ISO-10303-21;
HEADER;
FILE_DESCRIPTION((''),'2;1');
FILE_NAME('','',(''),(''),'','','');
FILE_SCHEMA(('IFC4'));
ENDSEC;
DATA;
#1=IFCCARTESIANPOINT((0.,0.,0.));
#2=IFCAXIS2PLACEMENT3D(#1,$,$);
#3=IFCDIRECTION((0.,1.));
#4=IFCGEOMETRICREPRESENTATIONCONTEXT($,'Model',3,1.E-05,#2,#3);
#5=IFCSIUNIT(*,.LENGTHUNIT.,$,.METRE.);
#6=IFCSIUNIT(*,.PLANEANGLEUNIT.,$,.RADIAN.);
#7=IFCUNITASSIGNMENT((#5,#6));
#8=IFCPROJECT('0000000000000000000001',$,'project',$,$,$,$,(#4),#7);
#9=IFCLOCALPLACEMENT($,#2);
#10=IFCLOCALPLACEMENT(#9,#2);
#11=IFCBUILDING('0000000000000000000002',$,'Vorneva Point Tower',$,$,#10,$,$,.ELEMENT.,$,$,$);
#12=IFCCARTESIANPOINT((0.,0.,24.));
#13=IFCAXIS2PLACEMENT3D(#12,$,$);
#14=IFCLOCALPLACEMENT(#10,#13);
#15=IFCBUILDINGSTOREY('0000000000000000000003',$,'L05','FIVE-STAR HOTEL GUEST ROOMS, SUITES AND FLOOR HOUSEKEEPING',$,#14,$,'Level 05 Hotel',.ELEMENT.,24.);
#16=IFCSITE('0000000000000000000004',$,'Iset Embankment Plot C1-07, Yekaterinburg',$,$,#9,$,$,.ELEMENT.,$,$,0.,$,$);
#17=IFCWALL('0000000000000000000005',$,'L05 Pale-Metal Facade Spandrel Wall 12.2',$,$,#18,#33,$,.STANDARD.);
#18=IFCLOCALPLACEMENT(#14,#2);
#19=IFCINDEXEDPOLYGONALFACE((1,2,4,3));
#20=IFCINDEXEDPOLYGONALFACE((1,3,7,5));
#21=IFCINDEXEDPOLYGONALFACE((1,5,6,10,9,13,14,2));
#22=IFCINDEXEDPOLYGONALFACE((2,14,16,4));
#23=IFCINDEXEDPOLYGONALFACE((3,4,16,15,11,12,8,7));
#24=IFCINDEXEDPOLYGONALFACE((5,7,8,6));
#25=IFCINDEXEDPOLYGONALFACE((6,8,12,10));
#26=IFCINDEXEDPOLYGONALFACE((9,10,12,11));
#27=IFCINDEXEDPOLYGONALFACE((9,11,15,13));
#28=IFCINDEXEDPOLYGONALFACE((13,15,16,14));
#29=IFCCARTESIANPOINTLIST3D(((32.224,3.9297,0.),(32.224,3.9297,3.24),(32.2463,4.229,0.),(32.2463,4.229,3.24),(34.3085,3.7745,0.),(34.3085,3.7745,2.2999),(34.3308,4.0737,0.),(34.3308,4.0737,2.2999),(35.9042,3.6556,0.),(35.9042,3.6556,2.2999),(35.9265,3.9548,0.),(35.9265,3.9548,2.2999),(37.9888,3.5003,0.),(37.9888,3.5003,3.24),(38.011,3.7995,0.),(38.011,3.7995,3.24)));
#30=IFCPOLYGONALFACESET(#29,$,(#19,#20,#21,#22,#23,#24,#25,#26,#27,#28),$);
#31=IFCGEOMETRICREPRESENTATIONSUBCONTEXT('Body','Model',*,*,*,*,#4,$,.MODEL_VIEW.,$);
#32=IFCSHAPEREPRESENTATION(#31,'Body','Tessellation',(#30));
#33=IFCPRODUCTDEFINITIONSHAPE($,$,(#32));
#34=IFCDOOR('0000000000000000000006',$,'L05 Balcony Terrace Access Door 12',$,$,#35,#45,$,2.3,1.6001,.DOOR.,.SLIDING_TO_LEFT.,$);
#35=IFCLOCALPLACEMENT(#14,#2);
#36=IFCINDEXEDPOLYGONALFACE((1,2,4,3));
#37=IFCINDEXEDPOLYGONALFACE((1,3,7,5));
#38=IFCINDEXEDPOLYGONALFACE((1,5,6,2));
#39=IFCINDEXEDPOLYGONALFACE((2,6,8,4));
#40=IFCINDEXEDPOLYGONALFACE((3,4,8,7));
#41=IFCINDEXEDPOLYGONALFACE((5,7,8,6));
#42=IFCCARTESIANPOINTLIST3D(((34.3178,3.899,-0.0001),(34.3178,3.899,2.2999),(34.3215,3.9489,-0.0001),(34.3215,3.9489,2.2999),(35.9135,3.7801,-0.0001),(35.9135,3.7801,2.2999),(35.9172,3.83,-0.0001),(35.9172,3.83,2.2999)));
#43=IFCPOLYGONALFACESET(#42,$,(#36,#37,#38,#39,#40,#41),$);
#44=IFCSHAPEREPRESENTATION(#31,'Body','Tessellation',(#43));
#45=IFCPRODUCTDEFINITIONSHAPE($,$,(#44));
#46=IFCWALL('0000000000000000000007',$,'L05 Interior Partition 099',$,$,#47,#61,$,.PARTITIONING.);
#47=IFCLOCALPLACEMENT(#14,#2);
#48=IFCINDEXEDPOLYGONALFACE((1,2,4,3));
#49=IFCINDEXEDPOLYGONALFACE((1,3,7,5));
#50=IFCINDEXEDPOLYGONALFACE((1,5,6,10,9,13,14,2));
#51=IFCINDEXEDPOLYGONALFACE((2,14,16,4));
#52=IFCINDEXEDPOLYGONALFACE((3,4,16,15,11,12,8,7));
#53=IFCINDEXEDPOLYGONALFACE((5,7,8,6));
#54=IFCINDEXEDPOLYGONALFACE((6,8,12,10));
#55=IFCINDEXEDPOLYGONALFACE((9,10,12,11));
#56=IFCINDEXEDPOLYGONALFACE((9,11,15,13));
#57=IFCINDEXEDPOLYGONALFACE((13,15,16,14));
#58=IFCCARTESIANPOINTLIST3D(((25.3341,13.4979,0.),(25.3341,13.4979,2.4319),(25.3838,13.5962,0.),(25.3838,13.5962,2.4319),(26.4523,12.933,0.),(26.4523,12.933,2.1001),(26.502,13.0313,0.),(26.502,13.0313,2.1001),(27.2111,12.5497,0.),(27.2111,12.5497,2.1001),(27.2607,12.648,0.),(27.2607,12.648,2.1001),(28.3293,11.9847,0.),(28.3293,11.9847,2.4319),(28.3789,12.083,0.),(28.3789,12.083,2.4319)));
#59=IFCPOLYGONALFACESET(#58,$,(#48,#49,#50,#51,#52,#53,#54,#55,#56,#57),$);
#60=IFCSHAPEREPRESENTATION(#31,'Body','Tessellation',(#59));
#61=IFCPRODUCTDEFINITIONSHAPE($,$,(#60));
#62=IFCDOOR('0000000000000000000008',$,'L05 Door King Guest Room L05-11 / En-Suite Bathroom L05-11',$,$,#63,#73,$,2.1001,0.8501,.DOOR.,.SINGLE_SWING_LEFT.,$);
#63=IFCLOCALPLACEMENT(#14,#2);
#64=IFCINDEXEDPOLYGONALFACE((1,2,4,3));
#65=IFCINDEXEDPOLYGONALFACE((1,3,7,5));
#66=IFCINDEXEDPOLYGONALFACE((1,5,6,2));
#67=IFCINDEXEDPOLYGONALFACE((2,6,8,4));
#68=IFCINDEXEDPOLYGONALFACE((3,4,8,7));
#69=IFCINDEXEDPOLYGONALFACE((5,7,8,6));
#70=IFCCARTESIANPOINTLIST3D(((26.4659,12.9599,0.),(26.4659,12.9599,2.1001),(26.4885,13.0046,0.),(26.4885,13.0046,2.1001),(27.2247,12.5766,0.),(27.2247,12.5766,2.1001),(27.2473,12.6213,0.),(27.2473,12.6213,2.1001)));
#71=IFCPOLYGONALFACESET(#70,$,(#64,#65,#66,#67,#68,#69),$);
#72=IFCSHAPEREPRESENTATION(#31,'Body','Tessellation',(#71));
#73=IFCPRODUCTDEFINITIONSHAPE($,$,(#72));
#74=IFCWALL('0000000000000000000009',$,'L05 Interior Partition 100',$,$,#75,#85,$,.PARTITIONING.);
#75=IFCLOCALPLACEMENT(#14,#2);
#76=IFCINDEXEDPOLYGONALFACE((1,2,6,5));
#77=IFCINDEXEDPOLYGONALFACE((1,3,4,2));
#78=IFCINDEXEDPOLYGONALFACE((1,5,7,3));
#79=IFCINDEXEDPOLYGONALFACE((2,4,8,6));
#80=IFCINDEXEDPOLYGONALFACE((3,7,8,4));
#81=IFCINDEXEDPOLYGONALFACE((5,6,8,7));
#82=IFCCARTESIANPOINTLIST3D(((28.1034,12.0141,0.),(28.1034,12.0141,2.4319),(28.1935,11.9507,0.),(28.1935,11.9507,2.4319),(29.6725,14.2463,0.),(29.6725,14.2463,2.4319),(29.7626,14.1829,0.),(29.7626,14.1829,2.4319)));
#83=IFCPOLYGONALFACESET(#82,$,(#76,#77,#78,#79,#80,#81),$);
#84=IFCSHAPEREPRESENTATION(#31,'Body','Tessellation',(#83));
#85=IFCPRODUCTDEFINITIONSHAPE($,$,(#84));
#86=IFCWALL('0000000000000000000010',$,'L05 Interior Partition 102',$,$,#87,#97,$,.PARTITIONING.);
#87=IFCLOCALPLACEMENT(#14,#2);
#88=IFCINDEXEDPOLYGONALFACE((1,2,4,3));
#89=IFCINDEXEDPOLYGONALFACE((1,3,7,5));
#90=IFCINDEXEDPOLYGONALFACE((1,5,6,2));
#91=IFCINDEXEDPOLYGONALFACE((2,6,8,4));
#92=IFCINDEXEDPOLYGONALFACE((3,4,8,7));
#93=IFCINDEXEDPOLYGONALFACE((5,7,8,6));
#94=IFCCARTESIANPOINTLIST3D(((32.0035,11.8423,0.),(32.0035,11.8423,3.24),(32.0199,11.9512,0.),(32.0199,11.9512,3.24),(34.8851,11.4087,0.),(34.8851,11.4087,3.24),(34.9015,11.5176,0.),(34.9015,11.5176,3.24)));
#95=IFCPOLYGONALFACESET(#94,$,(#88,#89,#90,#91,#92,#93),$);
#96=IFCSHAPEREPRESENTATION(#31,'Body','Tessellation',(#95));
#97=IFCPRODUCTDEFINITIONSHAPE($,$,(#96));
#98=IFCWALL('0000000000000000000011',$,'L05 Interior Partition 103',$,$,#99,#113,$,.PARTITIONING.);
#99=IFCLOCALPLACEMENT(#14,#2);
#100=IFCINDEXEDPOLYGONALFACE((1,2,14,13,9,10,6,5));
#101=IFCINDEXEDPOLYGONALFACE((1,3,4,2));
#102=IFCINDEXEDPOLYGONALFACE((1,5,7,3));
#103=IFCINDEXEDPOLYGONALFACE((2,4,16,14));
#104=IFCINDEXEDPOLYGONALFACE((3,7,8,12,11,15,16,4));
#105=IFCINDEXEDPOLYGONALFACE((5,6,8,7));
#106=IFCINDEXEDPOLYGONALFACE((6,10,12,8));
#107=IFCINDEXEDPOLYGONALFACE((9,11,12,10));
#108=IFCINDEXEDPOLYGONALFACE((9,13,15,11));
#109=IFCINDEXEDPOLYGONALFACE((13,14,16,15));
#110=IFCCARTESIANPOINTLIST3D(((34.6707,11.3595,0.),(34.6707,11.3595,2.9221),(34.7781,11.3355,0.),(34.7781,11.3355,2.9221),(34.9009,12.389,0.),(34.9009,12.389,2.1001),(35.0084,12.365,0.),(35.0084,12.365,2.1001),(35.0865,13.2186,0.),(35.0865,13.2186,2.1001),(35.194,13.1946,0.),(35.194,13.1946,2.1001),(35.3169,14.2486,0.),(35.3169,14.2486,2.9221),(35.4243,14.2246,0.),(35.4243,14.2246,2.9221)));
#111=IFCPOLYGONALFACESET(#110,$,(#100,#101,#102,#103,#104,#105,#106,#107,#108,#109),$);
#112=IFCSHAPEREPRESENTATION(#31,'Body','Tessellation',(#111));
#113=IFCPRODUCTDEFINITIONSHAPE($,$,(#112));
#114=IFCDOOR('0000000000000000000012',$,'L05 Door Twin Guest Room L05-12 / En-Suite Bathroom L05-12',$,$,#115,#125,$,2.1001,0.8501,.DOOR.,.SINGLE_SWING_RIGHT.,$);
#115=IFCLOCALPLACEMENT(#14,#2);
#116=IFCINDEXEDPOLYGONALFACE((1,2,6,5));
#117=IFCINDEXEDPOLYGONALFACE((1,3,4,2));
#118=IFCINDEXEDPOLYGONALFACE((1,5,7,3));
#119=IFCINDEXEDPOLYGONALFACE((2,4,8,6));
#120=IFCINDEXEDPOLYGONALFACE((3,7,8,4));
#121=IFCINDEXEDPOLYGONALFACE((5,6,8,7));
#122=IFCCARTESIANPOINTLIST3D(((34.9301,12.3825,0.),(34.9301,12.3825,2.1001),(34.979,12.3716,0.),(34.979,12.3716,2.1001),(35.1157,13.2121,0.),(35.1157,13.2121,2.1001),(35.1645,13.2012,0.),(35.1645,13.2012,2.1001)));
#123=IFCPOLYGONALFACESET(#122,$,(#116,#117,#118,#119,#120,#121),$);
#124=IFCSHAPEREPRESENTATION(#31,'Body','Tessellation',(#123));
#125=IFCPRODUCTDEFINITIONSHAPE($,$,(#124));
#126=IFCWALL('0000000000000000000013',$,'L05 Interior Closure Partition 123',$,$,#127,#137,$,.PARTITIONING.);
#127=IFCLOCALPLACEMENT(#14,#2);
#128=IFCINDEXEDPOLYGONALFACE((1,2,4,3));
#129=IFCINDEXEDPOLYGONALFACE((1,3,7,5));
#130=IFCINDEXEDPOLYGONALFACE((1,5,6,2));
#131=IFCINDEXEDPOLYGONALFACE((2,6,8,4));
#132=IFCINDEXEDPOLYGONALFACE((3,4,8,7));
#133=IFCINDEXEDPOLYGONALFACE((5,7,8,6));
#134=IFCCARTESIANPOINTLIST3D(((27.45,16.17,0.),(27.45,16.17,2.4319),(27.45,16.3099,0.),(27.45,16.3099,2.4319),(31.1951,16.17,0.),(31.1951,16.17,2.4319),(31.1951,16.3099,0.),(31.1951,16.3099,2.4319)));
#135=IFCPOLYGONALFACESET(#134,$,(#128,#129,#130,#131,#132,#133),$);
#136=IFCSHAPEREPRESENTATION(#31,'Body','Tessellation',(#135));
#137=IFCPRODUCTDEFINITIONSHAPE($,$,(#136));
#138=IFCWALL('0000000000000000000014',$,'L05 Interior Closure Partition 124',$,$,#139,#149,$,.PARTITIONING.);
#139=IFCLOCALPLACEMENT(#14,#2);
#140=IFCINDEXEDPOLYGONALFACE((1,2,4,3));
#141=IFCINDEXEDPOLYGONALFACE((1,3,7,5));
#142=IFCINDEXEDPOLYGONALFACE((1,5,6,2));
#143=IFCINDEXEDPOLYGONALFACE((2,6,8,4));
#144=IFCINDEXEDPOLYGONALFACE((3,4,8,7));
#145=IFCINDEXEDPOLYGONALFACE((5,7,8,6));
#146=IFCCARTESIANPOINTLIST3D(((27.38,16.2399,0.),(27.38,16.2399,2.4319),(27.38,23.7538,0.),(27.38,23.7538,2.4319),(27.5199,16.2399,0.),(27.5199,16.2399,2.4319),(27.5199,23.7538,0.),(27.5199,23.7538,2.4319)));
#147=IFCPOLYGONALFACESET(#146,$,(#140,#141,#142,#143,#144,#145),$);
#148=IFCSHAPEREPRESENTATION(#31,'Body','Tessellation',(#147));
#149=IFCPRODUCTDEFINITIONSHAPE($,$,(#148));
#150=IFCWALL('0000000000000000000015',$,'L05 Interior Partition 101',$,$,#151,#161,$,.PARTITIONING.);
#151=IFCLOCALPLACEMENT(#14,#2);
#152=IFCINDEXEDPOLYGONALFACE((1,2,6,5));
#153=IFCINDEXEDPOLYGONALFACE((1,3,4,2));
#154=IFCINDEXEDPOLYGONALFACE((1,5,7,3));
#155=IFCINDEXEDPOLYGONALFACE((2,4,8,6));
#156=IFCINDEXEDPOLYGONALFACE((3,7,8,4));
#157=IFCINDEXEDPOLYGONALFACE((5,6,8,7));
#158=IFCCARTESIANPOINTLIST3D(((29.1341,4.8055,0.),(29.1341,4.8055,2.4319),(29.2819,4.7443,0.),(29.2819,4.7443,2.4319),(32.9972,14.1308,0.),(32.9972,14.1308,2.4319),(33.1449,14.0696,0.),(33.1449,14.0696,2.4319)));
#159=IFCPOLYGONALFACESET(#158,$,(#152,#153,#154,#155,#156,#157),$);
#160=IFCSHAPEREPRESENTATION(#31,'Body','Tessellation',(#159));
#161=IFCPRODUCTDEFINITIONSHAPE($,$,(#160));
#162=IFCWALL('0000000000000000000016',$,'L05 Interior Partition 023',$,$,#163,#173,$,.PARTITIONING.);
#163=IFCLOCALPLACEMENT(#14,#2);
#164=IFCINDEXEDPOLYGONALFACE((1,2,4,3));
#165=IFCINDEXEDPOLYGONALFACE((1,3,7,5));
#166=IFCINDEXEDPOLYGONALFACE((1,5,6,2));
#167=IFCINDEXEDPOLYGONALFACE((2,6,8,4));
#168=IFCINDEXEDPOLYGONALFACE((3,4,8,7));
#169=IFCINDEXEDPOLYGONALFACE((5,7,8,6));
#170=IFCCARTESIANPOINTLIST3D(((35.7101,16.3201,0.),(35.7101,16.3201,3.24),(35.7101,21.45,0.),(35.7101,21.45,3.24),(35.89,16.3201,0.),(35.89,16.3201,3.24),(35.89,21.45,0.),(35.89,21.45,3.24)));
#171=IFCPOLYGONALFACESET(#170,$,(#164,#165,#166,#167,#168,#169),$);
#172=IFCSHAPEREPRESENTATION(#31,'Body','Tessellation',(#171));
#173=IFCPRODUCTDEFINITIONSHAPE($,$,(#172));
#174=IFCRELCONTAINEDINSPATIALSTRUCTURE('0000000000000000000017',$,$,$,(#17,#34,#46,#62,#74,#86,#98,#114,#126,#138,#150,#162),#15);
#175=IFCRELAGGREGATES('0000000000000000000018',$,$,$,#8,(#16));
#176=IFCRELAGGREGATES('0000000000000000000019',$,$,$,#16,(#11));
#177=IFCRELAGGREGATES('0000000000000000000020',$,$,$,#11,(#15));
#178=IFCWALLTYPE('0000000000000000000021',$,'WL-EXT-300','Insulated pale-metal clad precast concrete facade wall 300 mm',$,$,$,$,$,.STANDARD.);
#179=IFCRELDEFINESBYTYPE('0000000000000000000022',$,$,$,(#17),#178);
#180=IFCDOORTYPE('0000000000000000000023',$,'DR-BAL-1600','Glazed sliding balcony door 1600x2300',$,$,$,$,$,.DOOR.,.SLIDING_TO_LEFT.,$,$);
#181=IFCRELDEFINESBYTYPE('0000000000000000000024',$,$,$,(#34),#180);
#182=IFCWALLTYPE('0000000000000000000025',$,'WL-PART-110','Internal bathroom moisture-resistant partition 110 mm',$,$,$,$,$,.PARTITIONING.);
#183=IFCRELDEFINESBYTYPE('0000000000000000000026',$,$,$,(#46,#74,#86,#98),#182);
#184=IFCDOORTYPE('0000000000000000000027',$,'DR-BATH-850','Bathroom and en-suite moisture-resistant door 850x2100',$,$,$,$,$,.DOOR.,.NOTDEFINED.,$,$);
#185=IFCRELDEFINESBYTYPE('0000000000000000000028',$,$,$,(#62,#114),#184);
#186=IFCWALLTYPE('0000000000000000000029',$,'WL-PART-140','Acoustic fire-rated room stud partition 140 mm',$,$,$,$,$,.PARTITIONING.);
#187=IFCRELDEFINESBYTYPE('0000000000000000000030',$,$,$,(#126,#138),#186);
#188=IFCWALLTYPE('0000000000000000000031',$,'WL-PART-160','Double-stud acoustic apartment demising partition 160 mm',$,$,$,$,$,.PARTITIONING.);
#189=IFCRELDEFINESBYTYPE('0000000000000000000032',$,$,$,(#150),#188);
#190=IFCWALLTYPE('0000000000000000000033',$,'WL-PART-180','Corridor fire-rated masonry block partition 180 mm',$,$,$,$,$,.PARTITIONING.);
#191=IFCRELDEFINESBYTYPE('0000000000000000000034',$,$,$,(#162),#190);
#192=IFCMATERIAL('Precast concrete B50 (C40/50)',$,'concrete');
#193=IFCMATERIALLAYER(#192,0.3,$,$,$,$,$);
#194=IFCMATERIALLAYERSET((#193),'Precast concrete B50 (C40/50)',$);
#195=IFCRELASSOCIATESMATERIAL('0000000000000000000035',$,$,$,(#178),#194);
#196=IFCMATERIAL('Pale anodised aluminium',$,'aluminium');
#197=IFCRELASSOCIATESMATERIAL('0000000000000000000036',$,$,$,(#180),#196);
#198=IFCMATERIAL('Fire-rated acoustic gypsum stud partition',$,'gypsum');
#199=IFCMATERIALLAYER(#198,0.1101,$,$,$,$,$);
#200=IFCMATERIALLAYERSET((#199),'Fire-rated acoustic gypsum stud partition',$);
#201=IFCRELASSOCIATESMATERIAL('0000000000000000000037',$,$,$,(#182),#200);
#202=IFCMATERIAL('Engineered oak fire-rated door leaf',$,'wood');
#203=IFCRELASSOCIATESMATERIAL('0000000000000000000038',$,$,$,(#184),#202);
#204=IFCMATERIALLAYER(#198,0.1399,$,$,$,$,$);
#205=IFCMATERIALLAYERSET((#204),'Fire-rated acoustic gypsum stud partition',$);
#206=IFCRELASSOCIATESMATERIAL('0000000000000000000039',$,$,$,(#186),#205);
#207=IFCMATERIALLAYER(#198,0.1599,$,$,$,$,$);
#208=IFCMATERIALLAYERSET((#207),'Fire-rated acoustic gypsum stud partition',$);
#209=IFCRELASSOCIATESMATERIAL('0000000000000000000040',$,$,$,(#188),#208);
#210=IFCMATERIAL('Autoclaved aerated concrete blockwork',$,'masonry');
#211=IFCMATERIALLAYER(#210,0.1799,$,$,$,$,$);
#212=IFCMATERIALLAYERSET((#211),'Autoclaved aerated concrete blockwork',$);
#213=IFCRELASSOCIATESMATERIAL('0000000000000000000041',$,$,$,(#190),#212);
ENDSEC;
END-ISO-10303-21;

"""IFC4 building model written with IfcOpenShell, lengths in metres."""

from ifc_helpers import new_model, si_unit, direction, frame, frame_2d, origin, place, context, subcontext, project, spatial, rectangle, extrude, material, layer, layer_set, type_object, element, fill, save


model = new_model("IFC4")

# Units and contexts
model_context = context("Model", 3, precision=1e-05, world=origin(), true_north=direction((0.0, 1.0)))
body_context = subcontext(model_context, "Body", "Model", "MODEL_VIEW")
ifc_project = project(units=[si_unit("LENGTHUNIT", "METRE"), si_unit("PLANEANGLEUNIT", "RADIAN")], contexts=[model_context])

# Site, building, storey
site_placement = place(None, origin())
site = spatial("IfcSite", under=ifc_project, at=site_placement, Name="Iset Embankment Plot C1-07, Yekaterinburg", CompositionType="ELEMENT", RefElevation=0.0)
building_placement = place(site_placement, origin())
building = spatial("IfcBuilding", under=site, at=building_placement, Name="Vorneva Point Tower", CompositionType="ELEMENT")
storey_placement = place(building_placement, frame((0.0, 0.0, 24.0)))
storey = spatial("IfcBuildingStorey", under=building, at=storey_placement, Name="L05", Description="FIVE-STAR HOTEL GUEST ROOMS, SUITES AND FLOOR HOUSEKEEPING", LongName="Level 05 Hotel", CompositionType="ELEMENT", Elevation=24.0)

# Walls, openings, doors
ifc_material_1 = material(Name="Precast concrete B50 (C40/50)", Category="concrete")
ifc_layer_1 = layer(ifc_material_1, 0.3)
ifc_layer_set_1 = layer_set([ifc_layer_1], Name="Precast concrete B50 (C40/50)")
wall_type_1 = type_object("IfcWallType", Name="WL-EXT-300", Description="Insulated pale-metal clad precast concrete facade wall 300 mm", PredefinedType="STANDARD", material=ifc_layer_set_1)
wall_1_placement = place(storey_placement, frame((32.2351, 4.0793, 0.0), z_axis=(0.0, 0.0, 1.0), x_axis=(0.997237, -0.074287, 0.0)))
wall_1 = element("IfcWall", 1, at=wall_1_placement, inside=storey, type_object=wall_type_1, Name="L05 Pale-Metal Facade Spandrel Wall 12.2", PredefinedType="STANDARD", context=body_context, shape_type="SweptSolid", body=[
    extrude(rectangle(XDim=5.7808, YDim=0.3, at=frame_2d((2.8904, 0.0))), origin(), (0.0, 0.0, 1.0), 3.24),
])
opening_1_placement = place(wall_1_placement, frame((2.0903, 0.0, 0.0)))
opening_1 = element("IfcOpeningElement", 2, at=opening_1_placement, cuts=wall_1, PredefinedType="OPENING", context=body_context, shape_type="SweptSolid", body=[
    extrude(rectangle(XDim=1.6001, YDim=2.3, at=frame_2d((0.8, 1.1499))), frame((0.0, 0.165, 0.0), z_axis=(0.0, -1.0, 0.0), x_axis=(1.0, 0.0, 0.0)), (0.0, 0.0, 1.0), 0.3298),
])
ifc_material_2 = material(Name="Pale anodised aluminium", Category="aluminium")
door_type_1 = type_object("IfcDoorType", Name="DR-BAL-1600", Description="Glazed sliding balcony door 1600x2300", OperationType="SLIDING_TO_LEFT", PredefinedType="DOOR", material=ifc_material_2)
door_1_placement = place(opening_1_placement, origin())
door_1 = element("IfcDoor", 3, at=door_1_placement, inside=storey, type_object=door_type_1, Name="L05 Balcony Terrace Access Door 12", OperationType="SLIDING_TO_LEFT", OverallHeight=2.3, OverallWidth=1.6001, PredefinedType="DOOR", context=body_context, shape_type="SweptSolid", body=[
    extrude(rectangle(XDim=1.6001, YDim=2.3, at=frame_2d((0.8, 1.1499))), frame((0.0, 0.0249, 0.0), z_axis=(0.0, -1.0, 0.0), x_axis=(1.0, 0.0, 0.0)), (0.0, 0.0, 1.0), 0.05),
])
fill(opening_1, door_1)
ifc_material_3 = material(Name="Fire-rated acoustic gypsum stud partition", Category="gypsum")
ifc_layer_2 = layer(ifc_material_3, 0.1101)
ifc_layer_set_2 = layer_set([ifc_layer_2], Name="Fire-rated acoustic gypsum stud partition")
wall_type_2 = type_object("IfcWallType", Name="WL-PART-110", Description="Internal bathroom moisture-resistant partition 110 mm", PredefinedType="PARTITIONING", material=ifc_layer_set_2)
wall_2_placement = place(storey_placement, frame((28.354, 12.0339, 0.0), z_axis=(0.0, 0.0, 1.0), x_axis=(-0.892557, 0.450935, 0.0)))
wall_2 = element("IfcWall", 4, at=wall_2_placement, inside=storey, type_object=wall_type_2, Name="L05 Interior Partition 099", PredefinedType="PARTITIONING", context=body_context, shape_type="SweptSolid", body=[
    extrude(rectangle(XDim=3.3557, YDim=0.1101, at=frame_2d((1.6777, 0.0))), origin(), (0.0, 0.0, 1.0), 2.4319),
])
opening_2_placement = place(wall_2_placement, frame((1.2527, 0.0, 0.0)))
opening_2 = element("IfcOpeningElement", 5, at=opening_2_placement, cuts=wall_2, PredefinedType="OPENING", context=body_context, shape_type="SweptSolid", body=[
    extrude(rectangle(XDim=0.8501, YDim=2.1001, at=frame_2d((0.425, 1.05))), frame((0.0, 0.0698, 0.0), z_axis=(0.0, -1.0, 0.0), x_axis=(1.0, 0.0, 0.0)), (0.0, 0.0, 1.0), 0.1399),
])
ifc_material_4 = material(Name="Engineered oak fire-rated door leaf", Category="wood")
door_type_2 = type_object("IfcDoorType", Name="DR-BATH-850", Description="Bathroom and en-suite moisture-resistant door 850x2100", OperationType="NOTDEFINED", PredefinedType="DOOR", material=ifc_material_4)
door_2_placement = place(opening_2_placement, origin())
door_2 = element("IfcDoor", 6, at=door_2_placement, inside=storey, type_object=door_type_2, Name="L05 Door King Guest Room L05-11 / En-Suite Bathroom L05-11", OperationType="SINGLE_SWING_LEFT", OverallHeight=2.1001, OverallWidth=0.8501, PredefinedType="DOOR", context=body_context, shape_type="SweptSolid", body=[
    extrude(rectangle(XDim=0.8501, YDim=2.1001, at=frame_2d((0.425, 1.05))), frame((0.0, 0.0249, 0.0), z_axis=(0.0, -1.0, 0.0), x_axis=(1.0, 0.0, 0.0)), (0.0, 0.0, 1.0), 0.05),
])
fill(opening_2, door_2)

# Walls
wall_3_placement = place(storey_placement, frame((29.7175, 14.2146, 0.0), z_axis=(0.0, 0.0, 1.0), x_axis=(-0.575077, -0.8181, 0.0)))
element("IfcWall", 7, at=wall_3_placement, inside=storey, type_object=wall_type_2, Name="L05 Interior Partition 100", PredefinedType="PARTITIONING", context=body_context, shape_type="SweptSolid", body=[
    extrude(rectangle(XDim=2.7285, YDim=0.1101, at=frame_2d((1.3643, 0.0))), origin(), (0.0, 0.0, 1.0), 2.4319),
])
wall_4_placement = place(storey_placement, frame((34.8933, 11.4631, 0.0), z_axis=(0.0, 0.0, 1.0), x_axis=(-0.988868, 0.148795, 0.0)))
element("IfcWall", 8, at=wall_4_placement, inside=storey, type_object=wall_type_2, Name="L05 Interior Partition 102", PredefinedType="PARTITIONING", context=body_context, shape_type="SweptSolid", body=[
    extrude(rectangle(XDim=2.9141, YDim=0.1101, at=frame_2d((1.457, 0.0))), origin(), (0.0, 0.0, 1.0), 3.24),
])

# Wall, opening, door
wall_5_placement = place(storey_placement, frame((35.3706, 14.2366, 0.0), z_axis=(0.0, 0.0, 1.0), x_axis=(-0.218284, -0.975885, 0.0)))
wall_5 = element("IfcWall", 9, at=wall_5_placement, inside=storey, type_object=wall_type_2, Name="L05 Interior Partition 103", PredefinedType="PARTITIONING", context=body_context, shape_type="SweptSolid", body=[
    extrude(rectangle(XDim=2.9604, YDim=0.1101, at=frame_2d((1.4802, 0.0))), origin(), (0.0, 0.0, 1.0), 2.9221),
])
opening_3_placement = place(wall_5_placement, frame((1.0554, 0.0, 0.0)))
opening_3 = element("IfcOpeningElement", 10, at=opening_3_placement, cuts=wall_5, PredefinedType="OPENING", context=body_context, shape_type="SweptSolid", body=[
    extrude(rectangle(XDim=0.8501, YDim=2.1001, at=frame_2d((0.425, 1.05))), frame((0.0, 0.0698, 0.0), z_axis=(0.0, -1.0, 0.0), x_axis=(1.0, 0.0, 0.0)), (0.0, 0.0, 1.0), 0.1399),
])
door_3_placement = place(opening_3_placement, origin())
door_3 = element("IfcDoor", 11, at=door_3_placement, inside=storey, type_object=door_type_2, Name="L05 Door Twin Guest Room L05-12 / En-Suite Bathroom L05-12", OperationType="SINGLE_SWING_RIGHT", OverallHeight=2.1001, OverallWidth=0.8501, PredefinedType="DOOR", context=body_context, shape_type="SweptSolid", body=[
    extrude(rectangle(XDim=0.8501, YDim=2.1001, at=frame_2d((0.425, 1.05))), frame((0.0, 0.0249, 0.0), z_axis=(0.0, -1.0, 0.0), x_axis=(1.0, 0.0, 0.0)), (0.0, 0.0, 1.0), 0.05),
])
fill(opening_3, door_3)

# Walls
ifc_layer_3 = layer(ifc_material_3, 0.1399)
ifc_layer_set_3 = layer_set([ifc_layer_3], Name="Fire-rated acoustic gypsum stud partition")
wall_type_3 = type_object("IfcWallType", Name="WL-PART-140", Description="Acoustic fire-rated room stud partition 140 mm", PredefinedType="PARTITIONING", material=ifc_layer_set_3)
wall_6_placement = place(storey_placement, frame((31.1951, 16.24, 0.0), z_axis=(0.0, 0.0, 1.0), x_axis=(-1.0, 0.0, 0.0)))
element("IfcWall", 12, at=wall_6_placement, inside=storey, type_object=wall_type_3, Name="L05 Interior Closure Partition 123", PredefinedType="PARTITIONING", context=body_context, shape_type="SweptSolid", body=[
    extrude(rectangle(XDim=3.7451, YDim=0.1399, at=frame_2d((1.8726, 0.0))), origin(), (0.0, 0.0, 1.0), 2.4319),
])
wall_7_placement = place(storey_placement, frame((27.45, 16.24, 0.0), z_axis=(0.0, 0.0, 1.0), x_axis=(0.0, 1.0, 0.0)))
element("IfcWall", 13, at=wall_7_placement, inside=storey, type_object=wall_type_3, Name="L05 Interior Closure Partition 124", PredefinedType="PARTITIONING", context=body_context, shape_type="SweptSolid", body=[
    extrude(rectangle(XDim=7.5139, YDim=0.1399, at=frame_2d((3.7568, 0.0))), origin(), (0.0, 0.0, 1.0), 2.4319),
])
ifc_layer_4 = layer(ifc_material_3, 0.1599)
ifc_layer_set_4 = layer_set([ifc_layer_4], Name="Fire-rated acoustic gypsum stud partition")
wall_type_4 = type_object("IfcWallType", Name="WL-PART-160", Description="Double-stud acoustic apartment demising partition 160 mm", PredefinedType="PARTITIONING", material=ifc_layer_set_4)
wall_8_placement = place(storey_placement, frame((29.208, 4.7749, 0.0), z_axis=(0.0, 0.0, 1.0), x_axis=(0.382719, 0.923865, 0.0)))
element("IfcWall", 14, at=wall_8_placement, inside=storey, type_object=wall_type_4, Name="L05 Interior Partition 101", PredefinedType="PARTITIONING", context=body_context, shape_type="SweptSolid", body=[
    extrude(rectangle(XDim=10.0938, YDim=0.1599, at=frame_2d((5.0469, 0.0))), origin(), (0.0, 0.0, 1.0), 2.4319),
])
ifc_material_5 = material(Name="Autoclaved aerated concrete blockwork", Category="masonry")
ifc_layer_5 = layer(ifc_material_5, 0.1799)
ifc_layer_set_5 = layer_set([ifc_layer_5], Name="Autoclaved aerated concrete blockwork")
wall_type_5 = type_object("IfcWallType", Name="WL-PART-180", Description="Corridor fire-rated masonry block partition 180 mm", PredefinedType="PARTITIONING", material=ifc_layer_set_5)
wall_9_placement = place(storey_placement, frame((35.8, 16.3201, 0.0), z_axis=(0.0, 0.0, 1.0), x_axis=(0.0, 1.0, 0.0)))
element("IfcWall", 15, at=wall_9_placement, inside=storey, type_object=wall_type_5, Name="L05 Interior Partition 023", PredefinedType="PARTITIONING", context=body_context, shape_type="SweptSolid", body=[
    extrude(rectangle(XDim=5.1299, YDim=0.1799, at=frame_2d((2.5649, 0.0))), origin(), (0.0, 0.0, 1.0), 3.24),
])

save(model, "model.ifc")
